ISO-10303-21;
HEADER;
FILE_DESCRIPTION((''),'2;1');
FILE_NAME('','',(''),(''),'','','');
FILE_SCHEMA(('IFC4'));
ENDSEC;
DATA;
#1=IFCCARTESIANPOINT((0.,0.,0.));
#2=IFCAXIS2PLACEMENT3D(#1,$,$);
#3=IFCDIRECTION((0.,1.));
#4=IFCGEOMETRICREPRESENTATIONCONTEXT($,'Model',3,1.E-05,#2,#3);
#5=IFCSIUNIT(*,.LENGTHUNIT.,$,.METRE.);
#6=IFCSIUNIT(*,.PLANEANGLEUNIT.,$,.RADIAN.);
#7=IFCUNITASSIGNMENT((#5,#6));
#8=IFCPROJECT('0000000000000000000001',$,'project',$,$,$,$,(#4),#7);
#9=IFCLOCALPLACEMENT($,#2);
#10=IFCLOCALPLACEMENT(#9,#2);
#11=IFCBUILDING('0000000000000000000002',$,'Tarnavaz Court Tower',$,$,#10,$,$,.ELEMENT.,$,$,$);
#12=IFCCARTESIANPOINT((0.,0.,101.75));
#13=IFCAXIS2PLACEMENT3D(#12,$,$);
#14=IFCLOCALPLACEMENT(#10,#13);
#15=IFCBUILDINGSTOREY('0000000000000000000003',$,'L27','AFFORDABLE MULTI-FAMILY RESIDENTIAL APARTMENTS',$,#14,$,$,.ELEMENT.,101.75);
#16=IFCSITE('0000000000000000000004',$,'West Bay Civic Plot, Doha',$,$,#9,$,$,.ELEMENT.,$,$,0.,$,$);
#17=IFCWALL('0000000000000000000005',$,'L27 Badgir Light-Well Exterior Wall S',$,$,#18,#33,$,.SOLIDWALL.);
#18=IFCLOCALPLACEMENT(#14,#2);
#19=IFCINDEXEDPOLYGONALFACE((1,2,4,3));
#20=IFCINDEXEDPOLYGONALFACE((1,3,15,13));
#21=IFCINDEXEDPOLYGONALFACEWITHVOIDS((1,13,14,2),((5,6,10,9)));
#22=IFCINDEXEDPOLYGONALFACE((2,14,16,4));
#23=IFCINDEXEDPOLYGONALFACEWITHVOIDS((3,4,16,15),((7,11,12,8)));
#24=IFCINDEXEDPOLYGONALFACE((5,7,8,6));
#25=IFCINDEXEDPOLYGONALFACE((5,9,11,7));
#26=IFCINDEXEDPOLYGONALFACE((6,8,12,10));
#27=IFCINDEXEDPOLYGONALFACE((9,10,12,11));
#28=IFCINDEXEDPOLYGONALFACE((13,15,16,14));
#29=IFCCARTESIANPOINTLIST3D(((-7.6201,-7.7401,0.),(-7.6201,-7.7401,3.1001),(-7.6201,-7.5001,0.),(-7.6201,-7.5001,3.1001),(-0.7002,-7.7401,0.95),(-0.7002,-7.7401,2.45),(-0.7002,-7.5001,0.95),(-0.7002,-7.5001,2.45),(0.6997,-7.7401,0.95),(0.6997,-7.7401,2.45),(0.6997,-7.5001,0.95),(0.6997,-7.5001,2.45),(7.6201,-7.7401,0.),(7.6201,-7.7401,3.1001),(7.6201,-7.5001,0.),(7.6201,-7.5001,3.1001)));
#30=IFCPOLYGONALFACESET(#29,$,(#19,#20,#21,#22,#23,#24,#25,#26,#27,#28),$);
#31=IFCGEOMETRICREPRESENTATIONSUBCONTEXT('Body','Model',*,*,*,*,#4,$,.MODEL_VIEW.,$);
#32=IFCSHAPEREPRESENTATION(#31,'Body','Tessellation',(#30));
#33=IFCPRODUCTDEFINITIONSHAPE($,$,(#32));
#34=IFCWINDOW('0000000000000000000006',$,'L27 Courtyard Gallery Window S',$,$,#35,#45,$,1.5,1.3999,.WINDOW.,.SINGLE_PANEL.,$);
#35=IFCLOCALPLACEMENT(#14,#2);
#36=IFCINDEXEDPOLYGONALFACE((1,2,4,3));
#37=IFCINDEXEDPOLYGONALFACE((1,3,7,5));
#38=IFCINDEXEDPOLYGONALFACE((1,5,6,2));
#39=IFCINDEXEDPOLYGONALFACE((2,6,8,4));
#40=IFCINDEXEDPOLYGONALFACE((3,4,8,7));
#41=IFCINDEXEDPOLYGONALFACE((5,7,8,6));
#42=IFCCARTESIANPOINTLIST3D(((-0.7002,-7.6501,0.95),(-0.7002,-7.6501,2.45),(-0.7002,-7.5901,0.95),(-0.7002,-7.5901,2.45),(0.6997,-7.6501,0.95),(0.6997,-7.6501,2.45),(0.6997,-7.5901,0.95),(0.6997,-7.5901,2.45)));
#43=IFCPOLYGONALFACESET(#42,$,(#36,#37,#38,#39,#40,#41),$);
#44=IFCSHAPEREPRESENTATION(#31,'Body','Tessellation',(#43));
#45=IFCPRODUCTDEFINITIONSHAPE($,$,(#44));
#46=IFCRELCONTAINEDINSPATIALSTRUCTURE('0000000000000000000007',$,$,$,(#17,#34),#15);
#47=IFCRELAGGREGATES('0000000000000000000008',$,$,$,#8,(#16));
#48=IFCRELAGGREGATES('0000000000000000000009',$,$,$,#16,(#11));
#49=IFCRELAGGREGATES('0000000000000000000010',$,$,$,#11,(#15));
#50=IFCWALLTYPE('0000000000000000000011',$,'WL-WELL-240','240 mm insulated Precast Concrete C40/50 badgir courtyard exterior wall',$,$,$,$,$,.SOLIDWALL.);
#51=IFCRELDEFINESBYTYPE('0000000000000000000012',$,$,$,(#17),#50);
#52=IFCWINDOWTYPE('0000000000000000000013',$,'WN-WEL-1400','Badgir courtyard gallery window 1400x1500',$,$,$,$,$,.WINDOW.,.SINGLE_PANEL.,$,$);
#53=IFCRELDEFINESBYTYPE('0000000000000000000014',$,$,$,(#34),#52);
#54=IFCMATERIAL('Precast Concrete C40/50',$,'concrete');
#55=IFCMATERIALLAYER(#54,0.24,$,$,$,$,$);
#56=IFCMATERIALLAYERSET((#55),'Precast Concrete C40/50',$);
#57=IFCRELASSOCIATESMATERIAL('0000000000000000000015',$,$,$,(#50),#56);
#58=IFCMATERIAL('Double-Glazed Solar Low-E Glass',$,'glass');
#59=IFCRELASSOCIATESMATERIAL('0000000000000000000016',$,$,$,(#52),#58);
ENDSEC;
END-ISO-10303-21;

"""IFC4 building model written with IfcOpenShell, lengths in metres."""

from ifc_helpers import new_model, si_unit, direction, frame, frame_2d, origin, place, context, subcontext, project, spatial, rectangle, extrude, material, layer, layer_set, type_object, element, fill, save


model = new_model("IFC4")

# Units and contexts
model_context = context("Model", 3, precision=1e-05, world=origin(), true_north=direction((0.0, 1.0)))
body_context = subcontext(model_context, "Body", "Model", "MODEL_VIEW")
ifc_project = project(units=[si_unit("LENGTHUNIT", "METRE"), si_unit("PLANEANGLEUNIT", "RADIAN")], contexts=[model_context])

# Site, building, storey
site_placement = place(None, origin())
site = spatial("IfcSite", under=ifc_project, at=site_placement, Name="West Bay Civic Plot, Doha", CompositionType="ELEMENT", RefElevation=0.0)
building_placement = place(site_placement, origin())
building = spatial("IfcBuilding", under=site, at=building_placement, Name="Tarnavaz Court Tower", CompositionType="ELEMENT")
storey_placement = place(building_placement, frame((0.0, 0.0, 101.75)))
storey = spatial("IfcBuildingStorey", under=building, at=storey_placement, Name="L27", Description="AFFORDABLE MULTI-FAMILY RESIDENTIAL APARTMENTS", CompositionType="ELEMENT", Elevation=101.75)

# Wall, opening, window
ifc_material_1 = material(Name="Precast Concrete C40/50", Category="concrete")
ifc_layer_1 = layer(ifc_material_1, 0.24)
ifc_layer_set_1 = layer_set([ifc_layer_1], Name="Precast Concrete C40/50")
wall_type_1 = type_object("IfcWallType", Name="WL-WELL-240", Description="240 mm insulated Precast Concrete C40/50 badgir courtyard exterior wall", PredefinedType="SOLIDWALL", material=ifc_layer_set_1)
wall_1_placement = place(storey_placement, frame((-7.6201, -7.6201, 0.0), z_axis=(0.0, 0.0, 1.0), x_axis=(1.0, 0.0, 0.0)))
wall_1 = element("IfcWall", 1, at=wall_1_placement, inside=storey, type_object=wall_type_1, Name="L27 Badgir Light-Well Exterior Wall S", PredefinedType="SOLIDWALL", context=body_context, shape_type="SweptSolid", body=[
    extrude(rectangle(XDim=15.2402, YDim=0.24, at=frame_2d((7.6201, 0.0))), origin(), (0.0, 0.0, 1.0), 3.1001),
])
opening_1_placement = place(wall_1_placement, frame((6.9199, 0.0, 0.95)))
opening_1 = element("IfcOpeningElement", 2, at=opening_1_placement, cuts=wall_1, PredefinedType="OPENING", context=body_context, shape_type="SweptSolid", body=[
    extrude(rectangle(XDim=1.3999, YDim=1.5, at=frame_2d((0.7, 0.75))), frame((0.0, 0.1299, 0.0), z_axis=(0.0, -1.0, 0.0), x_axis=(1.0, 0.0, 0.0)), (0.0, 0.0, 1.0), 0.26),
])
ifc_material_2 = material(Name="Double-Glazed Solar Low-E Glass", Category="glass")
window_type = type_object("IfcWindowType", Name="WN-WEL-1400", Description="Badgir courtyard gallery window 1400x1500", PartitioningType="SINGLE_PANEL", PredefinedType="WINDOW", material=ifc_material_2)
window_placement = place(opening_1_placement, origin())
window = element("IfcWindow", 3, at=window_placement, inside=storey, type_object=window_type, Name="L27 Courtyard Gallery Window S", OverallHeight=1.5, OverallWidth=1.3999, PartitioningType="SINGLE_PANEL", PredefinedType="WINDOW", context=body_context, shape_type="SweptSolid", body=[
    extrude(rectangle(XDim=1.3999, YDim=1.5, at=frame_2d((0.7, 0.75))), frame((0.0, 0.03, 0.0), z_axis=(0.0, -1.0, 0.0), x_axis=(1.0, 0.0, 0.0)), (0.0, 0.0, 1.0), 0.0601),
])
fill(opening_1, window)

save(model, "model.ifc")
